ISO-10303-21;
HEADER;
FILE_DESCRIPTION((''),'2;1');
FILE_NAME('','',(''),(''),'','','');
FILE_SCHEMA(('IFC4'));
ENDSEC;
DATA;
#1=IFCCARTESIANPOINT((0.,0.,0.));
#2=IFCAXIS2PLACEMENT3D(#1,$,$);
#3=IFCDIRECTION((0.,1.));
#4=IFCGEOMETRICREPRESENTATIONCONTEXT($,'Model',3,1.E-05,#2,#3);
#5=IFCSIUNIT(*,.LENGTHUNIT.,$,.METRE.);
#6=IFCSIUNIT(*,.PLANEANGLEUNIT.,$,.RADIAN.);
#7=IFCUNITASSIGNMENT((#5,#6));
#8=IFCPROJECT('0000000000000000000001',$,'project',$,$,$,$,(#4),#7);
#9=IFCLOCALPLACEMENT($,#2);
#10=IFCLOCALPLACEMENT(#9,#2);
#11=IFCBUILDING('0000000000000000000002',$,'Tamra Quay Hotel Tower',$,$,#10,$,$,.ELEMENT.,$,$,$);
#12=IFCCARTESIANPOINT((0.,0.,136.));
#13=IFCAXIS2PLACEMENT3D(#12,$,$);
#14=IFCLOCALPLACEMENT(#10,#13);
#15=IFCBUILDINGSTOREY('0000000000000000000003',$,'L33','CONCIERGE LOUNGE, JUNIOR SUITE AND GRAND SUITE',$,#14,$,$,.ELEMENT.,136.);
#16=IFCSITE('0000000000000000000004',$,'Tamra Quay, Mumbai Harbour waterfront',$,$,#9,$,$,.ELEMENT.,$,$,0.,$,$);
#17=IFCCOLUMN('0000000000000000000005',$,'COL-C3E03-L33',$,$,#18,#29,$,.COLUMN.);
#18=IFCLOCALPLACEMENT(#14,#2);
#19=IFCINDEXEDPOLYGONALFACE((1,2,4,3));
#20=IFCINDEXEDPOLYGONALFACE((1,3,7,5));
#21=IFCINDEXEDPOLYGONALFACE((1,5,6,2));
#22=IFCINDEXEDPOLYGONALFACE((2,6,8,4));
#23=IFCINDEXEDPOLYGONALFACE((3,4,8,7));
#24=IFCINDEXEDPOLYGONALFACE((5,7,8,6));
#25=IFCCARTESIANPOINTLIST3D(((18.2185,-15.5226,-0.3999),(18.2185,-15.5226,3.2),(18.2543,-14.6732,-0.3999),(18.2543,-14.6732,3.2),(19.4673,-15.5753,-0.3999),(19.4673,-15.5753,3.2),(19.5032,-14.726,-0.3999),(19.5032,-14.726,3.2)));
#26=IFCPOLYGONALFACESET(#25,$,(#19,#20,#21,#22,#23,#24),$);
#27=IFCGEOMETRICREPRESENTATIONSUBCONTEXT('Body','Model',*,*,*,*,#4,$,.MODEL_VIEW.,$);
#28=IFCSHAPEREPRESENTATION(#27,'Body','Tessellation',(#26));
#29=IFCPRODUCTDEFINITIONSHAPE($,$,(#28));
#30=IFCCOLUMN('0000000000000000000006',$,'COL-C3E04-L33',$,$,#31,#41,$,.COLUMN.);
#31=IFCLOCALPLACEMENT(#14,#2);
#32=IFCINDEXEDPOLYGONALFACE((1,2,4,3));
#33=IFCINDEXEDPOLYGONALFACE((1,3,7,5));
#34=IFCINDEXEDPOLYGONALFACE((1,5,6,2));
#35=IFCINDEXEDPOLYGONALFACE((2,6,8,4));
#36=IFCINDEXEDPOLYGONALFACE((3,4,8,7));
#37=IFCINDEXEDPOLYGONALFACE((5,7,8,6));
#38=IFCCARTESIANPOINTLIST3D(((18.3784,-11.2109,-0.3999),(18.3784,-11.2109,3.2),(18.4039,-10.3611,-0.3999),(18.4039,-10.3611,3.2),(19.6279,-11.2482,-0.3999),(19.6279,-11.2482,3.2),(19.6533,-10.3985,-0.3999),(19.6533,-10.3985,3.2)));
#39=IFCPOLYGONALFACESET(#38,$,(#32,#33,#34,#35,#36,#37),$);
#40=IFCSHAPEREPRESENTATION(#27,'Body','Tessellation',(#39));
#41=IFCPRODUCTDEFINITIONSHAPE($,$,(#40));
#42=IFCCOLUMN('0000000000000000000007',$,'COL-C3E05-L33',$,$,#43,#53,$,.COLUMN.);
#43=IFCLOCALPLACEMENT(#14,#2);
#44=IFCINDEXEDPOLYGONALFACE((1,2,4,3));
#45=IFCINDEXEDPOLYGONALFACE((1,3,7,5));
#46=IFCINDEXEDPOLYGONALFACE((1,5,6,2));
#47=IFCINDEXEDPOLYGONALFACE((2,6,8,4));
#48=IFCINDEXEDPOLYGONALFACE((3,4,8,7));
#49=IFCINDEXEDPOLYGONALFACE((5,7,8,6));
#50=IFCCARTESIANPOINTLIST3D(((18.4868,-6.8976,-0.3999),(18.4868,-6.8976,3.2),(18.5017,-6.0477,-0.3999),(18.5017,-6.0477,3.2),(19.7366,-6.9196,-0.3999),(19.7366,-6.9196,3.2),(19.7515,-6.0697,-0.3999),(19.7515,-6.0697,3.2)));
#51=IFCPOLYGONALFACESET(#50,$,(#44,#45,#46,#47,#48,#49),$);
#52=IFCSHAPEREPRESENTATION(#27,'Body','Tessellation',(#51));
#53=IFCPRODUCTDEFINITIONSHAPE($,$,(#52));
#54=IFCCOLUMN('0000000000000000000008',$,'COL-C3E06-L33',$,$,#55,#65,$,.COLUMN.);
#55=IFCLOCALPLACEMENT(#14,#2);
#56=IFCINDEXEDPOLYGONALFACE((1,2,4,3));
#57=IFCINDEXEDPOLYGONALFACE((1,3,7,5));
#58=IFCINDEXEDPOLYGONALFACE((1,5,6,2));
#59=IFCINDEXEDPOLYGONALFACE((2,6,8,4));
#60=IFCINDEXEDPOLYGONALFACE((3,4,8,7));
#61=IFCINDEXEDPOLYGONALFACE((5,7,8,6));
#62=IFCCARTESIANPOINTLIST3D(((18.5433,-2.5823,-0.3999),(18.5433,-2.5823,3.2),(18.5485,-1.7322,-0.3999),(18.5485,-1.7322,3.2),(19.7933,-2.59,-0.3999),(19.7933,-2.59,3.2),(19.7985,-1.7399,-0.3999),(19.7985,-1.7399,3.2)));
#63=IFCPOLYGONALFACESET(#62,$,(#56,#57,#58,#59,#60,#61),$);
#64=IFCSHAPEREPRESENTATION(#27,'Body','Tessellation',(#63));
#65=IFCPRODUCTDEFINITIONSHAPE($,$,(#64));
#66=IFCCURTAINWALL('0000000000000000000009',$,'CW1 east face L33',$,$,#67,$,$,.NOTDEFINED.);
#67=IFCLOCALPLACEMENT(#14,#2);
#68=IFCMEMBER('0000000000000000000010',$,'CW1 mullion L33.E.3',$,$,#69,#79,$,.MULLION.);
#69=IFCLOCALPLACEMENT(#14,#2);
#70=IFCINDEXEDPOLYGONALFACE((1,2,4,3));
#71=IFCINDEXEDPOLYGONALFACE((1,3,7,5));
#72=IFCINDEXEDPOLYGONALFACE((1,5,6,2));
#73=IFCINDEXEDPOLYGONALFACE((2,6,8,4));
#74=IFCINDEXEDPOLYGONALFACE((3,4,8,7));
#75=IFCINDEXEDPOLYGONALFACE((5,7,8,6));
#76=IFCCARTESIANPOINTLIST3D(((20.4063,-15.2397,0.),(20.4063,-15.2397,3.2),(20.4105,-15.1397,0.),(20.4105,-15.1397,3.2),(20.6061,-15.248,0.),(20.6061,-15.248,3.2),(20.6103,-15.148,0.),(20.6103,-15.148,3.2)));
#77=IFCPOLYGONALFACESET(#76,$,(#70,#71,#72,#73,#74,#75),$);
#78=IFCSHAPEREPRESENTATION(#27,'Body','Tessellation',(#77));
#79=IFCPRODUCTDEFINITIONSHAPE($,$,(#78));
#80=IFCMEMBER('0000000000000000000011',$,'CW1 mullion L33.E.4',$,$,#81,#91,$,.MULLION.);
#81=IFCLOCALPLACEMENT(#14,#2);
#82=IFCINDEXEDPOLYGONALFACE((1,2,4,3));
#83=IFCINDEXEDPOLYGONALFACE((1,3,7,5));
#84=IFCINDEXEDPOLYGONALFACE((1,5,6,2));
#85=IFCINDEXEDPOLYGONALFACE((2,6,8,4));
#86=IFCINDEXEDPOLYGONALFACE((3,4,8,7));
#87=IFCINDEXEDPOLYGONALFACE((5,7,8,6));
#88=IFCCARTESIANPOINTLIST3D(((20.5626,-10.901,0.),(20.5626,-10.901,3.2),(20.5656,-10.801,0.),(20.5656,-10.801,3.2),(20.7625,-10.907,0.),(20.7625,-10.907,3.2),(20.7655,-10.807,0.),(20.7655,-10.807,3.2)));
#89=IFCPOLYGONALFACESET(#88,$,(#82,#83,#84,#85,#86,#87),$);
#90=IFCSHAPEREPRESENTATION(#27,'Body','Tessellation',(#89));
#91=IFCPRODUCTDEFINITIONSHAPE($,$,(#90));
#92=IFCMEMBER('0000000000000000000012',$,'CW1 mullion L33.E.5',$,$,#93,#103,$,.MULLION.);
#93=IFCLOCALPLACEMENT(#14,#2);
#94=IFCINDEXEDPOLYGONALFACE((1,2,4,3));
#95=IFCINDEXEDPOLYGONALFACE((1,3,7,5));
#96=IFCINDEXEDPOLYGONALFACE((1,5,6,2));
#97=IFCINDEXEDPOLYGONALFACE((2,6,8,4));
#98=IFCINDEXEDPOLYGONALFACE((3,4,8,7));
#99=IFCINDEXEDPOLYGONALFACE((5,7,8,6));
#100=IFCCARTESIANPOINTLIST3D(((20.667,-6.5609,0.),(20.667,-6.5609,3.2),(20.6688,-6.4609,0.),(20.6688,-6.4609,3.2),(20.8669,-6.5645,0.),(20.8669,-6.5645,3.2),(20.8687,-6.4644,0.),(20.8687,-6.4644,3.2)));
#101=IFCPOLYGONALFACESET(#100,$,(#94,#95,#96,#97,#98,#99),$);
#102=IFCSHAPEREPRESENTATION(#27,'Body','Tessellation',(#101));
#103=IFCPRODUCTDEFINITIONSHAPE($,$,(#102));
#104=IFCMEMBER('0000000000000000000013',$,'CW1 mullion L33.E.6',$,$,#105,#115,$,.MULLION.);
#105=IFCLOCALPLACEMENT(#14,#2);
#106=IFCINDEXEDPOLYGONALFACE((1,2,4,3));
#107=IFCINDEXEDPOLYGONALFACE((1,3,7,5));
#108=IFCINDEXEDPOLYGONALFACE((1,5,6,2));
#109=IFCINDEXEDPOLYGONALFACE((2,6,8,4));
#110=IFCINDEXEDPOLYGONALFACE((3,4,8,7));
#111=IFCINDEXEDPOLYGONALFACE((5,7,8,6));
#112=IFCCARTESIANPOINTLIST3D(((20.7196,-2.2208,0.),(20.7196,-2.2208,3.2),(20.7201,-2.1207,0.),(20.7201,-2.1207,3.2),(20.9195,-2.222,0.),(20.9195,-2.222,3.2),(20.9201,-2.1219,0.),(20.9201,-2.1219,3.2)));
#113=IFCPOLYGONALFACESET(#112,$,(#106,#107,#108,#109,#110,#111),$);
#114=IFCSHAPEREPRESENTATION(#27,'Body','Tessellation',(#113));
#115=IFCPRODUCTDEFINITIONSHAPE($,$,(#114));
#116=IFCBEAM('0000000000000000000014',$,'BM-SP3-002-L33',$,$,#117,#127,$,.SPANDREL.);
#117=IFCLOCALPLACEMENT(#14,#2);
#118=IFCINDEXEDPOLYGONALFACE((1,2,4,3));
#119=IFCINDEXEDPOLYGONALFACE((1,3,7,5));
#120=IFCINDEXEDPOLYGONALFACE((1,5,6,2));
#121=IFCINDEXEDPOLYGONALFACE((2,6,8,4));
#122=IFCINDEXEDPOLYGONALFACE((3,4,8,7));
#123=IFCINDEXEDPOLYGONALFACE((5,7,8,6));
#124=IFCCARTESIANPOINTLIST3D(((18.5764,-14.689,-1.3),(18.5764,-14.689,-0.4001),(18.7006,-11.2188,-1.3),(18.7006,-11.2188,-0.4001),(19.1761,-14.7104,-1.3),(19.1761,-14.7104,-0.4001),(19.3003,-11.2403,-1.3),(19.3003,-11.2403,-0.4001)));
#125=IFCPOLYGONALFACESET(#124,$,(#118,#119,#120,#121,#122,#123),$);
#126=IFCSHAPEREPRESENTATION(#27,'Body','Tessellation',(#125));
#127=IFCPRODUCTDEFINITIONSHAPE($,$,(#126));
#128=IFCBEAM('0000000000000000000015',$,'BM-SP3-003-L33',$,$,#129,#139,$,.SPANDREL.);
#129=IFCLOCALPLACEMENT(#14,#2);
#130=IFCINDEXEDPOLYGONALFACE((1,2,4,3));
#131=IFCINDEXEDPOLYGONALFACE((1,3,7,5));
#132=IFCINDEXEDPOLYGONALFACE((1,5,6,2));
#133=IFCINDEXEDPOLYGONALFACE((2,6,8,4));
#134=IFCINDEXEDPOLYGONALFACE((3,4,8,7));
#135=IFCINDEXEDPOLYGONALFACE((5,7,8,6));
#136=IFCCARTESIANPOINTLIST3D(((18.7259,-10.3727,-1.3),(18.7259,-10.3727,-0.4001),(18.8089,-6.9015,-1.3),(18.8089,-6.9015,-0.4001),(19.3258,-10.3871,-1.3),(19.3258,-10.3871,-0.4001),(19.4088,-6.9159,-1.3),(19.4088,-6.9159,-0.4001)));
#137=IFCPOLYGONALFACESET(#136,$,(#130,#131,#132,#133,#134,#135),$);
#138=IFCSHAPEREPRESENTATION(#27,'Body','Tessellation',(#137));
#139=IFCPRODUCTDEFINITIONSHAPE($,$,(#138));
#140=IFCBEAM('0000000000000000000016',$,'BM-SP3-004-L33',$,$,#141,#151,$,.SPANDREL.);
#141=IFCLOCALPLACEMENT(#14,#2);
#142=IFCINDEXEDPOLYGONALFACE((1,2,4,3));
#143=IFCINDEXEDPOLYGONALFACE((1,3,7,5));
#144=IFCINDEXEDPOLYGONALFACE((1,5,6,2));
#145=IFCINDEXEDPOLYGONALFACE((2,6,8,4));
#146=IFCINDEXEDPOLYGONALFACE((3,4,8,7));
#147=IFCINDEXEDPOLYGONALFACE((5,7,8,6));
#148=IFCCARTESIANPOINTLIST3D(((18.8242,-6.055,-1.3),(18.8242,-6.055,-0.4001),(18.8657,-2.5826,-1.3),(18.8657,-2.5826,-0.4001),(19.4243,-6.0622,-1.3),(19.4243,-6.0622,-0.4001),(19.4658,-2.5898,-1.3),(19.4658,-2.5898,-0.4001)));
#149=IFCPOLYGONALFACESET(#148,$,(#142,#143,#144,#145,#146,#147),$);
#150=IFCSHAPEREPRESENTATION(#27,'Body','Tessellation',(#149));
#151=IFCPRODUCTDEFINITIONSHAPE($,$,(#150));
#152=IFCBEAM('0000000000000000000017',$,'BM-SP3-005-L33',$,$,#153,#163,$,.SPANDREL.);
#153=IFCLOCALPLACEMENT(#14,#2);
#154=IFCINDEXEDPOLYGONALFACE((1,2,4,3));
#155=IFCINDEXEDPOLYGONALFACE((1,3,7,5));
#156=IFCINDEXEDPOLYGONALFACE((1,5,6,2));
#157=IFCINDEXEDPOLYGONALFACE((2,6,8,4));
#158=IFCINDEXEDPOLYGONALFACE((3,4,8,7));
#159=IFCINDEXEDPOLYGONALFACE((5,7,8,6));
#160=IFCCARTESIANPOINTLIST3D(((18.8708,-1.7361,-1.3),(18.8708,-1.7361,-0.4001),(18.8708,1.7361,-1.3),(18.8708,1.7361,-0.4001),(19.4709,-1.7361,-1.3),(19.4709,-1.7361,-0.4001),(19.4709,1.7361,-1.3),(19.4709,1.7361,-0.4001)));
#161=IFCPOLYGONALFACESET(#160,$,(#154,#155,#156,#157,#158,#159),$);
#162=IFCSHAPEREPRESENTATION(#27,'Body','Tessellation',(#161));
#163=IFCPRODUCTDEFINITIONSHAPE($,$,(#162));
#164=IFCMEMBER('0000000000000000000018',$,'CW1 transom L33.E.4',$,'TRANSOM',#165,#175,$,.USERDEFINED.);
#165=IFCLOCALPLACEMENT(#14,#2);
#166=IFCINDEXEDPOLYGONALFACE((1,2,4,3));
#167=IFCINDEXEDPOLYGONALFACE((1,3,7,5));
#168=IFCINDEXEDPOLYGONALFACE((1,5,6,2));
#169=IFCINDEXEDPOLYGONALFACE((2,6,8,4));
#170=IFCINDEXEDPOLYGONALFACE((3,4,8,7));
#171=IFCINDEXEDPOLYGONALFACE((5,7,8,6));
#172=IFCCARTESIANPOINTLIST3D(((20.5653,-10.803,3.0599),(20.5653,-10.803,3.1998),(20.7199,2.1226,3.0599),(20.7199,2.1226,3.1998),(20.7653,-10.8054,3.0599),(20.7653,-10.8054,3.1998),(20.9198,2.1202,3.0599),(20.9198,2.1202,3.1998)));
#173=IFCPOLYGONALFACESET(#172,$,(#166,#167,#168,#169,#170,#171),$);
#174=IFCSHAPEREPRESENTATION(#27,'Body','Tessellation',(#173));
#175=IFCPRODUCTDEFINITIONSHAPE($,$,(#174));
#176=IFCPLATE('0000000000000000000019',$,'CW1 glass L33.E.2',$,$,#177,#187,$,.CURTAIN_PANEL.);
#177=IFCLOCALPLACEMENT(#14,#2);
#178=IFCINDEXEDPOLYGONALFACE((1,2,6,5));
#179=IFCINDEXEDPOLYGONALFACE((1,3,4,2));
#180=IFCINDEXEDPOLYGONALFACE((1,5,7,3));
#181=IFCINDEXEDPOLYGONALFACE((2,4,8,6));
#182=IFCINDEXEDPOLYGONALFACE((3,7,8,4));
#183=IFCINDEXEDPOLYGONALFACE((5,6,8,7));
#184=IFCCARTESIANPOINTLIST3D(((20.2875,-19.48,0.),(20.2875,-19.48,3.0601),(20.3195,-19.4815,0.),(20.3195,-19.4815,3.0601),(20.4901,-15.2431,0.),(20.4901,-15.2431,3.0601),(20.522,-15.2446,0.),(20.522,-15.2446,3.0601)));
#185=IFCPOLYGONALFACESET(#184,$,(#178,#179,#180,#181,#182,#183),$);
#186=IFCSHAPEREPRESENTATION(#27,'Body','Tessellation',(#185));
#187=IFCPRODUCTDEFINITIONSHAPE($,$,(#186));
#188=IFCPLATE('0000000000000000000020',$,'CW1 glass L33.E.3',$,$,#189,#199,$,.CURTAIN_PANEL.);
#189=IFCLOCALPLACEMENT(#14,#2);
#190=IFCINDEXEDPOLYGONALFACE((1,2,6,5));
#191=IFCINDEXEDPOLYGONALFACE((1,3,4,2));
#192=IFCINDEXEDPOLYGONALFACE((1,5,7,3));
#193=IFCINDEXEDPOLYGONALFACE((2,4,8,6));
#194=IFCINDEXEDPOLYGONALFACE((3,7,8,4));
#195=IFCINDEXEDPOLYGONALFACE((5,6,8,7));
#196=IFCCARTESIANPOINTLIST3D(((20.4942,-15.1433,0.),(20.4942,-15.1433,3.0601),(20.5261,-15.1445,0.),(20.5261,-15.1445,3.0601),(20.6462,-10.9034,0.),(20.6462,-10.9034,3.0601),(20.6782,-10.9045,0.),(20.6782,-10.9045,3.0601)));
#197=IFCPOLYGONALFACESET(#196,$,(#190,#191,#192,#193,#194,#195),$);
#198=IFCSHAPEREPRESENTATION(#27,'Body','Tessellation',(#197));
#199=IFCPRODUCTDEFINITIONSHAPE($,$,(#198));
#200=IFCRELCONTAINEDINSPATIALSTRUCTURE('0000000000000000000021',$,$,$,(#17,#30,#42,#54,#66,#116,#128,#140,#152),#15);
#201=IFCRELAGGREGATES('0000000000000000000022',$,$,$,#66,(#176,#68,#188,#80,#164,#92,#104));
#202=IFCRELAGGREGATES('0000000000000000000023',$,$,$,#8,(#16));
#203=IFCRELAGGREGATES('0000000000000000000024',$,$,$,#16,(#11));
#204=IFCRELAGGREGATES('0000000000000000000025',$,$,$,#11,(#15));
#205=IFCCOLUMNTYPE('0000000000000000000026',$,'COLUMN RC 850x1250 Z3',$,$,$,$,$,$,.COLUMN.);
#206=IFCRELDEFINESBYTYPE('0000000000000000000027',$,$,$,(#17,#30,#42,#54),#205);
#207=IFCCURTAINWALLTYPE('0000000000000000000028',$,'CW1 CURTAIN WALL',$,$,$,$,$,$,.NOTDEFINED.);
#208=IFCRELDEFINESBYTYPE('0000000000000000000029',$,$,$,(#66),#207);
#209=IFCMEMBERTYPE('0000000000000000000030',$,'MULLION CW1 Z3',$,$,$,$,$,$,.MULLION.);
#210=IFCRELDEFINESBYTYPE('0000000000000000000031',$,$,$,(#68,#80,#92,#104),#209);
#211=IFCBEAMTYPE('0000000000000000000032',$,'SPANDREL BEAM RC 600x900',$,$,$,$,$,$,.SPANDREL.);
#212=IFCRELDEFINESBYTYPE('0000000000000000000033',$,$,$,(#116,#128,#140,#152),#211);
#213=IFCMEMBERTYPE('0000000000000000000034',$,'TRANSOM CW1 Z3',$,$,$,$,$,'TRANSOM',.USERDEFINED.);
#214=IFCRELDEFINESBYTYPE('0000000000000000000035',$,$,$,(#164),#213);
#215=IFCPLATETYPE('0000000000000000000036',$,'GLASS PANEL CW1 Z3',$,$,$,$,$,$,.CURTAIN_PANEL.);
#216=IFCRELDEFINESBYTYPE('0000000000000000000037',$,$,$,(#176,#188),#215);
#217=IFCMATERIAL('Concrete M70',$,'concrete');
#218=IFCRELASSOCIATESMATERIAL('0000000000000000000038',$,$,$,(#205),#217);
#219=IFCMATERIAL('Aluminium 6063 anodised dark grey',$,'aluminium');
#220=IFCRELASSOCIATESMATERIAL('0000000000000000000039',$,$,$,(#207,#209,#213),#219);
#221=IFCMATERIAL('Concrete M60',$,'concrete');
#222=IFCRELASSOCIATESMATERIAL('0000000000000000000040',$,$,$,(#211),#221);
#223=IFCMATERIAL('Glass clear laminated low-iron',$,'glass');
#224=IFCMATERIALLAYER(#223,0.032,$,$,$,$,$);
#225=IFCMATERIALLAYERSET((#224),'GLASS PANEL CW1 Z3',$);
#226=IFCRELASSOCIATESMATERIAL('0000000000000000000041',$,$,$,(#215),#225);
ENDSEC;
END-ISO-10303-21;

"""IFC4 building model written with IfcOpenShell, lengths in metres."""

from ifc_helpers import new_model, si_unit, direction, frame, origin, origin_2d, place, context, subcontext, project, spatial, rectangle, extrude, material, layer, layer_set, material_profile, profile_set, type_object, element, aggregate, save


model = new_model("IFC4")

# Units and contexts
model_context = context("Model", 3, precision=1e-05, world=origin(), true_north=direction((0.0, 1.0)))
body_context = subcontext(model_context, "Body", "Model", "MODEL_VIEW")
ifc_project = project(units=[si_unit("LENGTHUNIT", "METRE"), si_unit("PLANEANGLEUNIT", "RADIAN")], contexts=[model_context])

# Site, building, storey
site_placement = place(None, origin())
site = spatial("IfcSite", under=ifc_project, at=site_placement, Name="Tamra Quay, Mumbai Harbour waterfront", CompositionType="ELEMENT", RefElevation=0.0)
building_placement = place(site_placement, origin())
building = spatial("IfcBuilding", under=site, at=building_placement, Name="Tamra Quay Hotel Tower", CompositionType="ELEMENT")
storey_placement = place(building_placement, frame((0.0, 0.0, 136.0)))
storey = spatial("IfcBuildingStorey", under=building, at=storey_placement, Name="L33", Description="CONCIERGE LOUNGE, JUNIOR SUITE AND GRAND SUITE", CompositionType="ELEMENT", Elevation=136.0)

# Columns
ifc_material_1 = material(Name="Concrete M70", Category="concrete")
ifc_material_profile_1 = material_profile(ifc_material_1, rectangle(XDim=1.25, YDim=0.8501, at=origin_2d()), Name="COLUMN RC 850x1250 Z3")
ifc_profile_set_1 = profile_set([ifc_material_profile_1], Name="Concrete M70")
column_type = type_object("IfcColumnType", Name="COLUMN RC 850x1250 Z3", PredefinedType="COLUMN", material=ifc_profile_set_1)
for number, where, z_axis, x_axis, name in (
    (1, (18.8608, -15.1243, -0.3999), (0.0, 0.0, 1.0), (-0.999109, 0.042202, 0.0), "COL-C3E03-L33"),
    (2, (19.0159, -10.8047, -0.3999), (0.0, 0.0, 1.0), (-0.999553, 0.029907, 0.0), "COL-C3E04-L33"),
    (3, (19.1191, -6.4836, -0.3999), (0.0, 0.0, 1.0), (-0.999845, 0.017597, 0.0), "COL-C3E05-L33"),
    (4, (19.1709, -2.1611, -0.3999), (0.0, 0.0, 1.0), (-0.999981, 0.006159, 0.0), "COL-C3E06-L33"),
):
    element("IfcColumn", number, at=place(storey_placement, frame(where, z_axis=z_axis, x_axis=x_axis)), inside=storey, type_object=column_type, Name=name, PredefinedType="COLUMN", context=body_context, shape_type="SweptSolid", body=[
        extrude(rectangle(XDim=1.25, YDim=0.8501, at=origin_2d()), origin(), (0.0, 0.0, 1.0), 3.5999),
    ])

# Curtain wall, members
ifc_material_2 = material(Name="Aluminium 6063 anodised dark grey", Category="aluminium")
curtain_wall_type = type_object("IfcCurtainWallType", Name="CW1 CURTAIN WALL", PredefinedType="NOTDEFINED", material=ifc_material_2)
curtain_wall_placement = place(storey_placement, origin())
curtain_wall = element("IfcCurtainWall", 5, at=curtain_wall_placement, inside=storey, type_object=curtain_wall_type, Name="CW1 east face L33", PredefinedType="NOTDEFINED")
ifc_material_profile_2 = material_profile(ifc_material_2, rectangle(XDim=0.2, YDim=0.1001, at=origin_2d()), Name="MULLION 100X200")
ifc_profile_set_2 = profile_set([ifc_material_profile_2], Name="Aluminium 6063 anodised dark grey")
member_type_1 = type_object("IfcMemberType", Name="MULLION CW1 Z3", PredefinedType="MULLION", material=ifc_profile_set_2)
member_1_placement = place(storey_placement, frame((20.5083, -15.1938, 0.0), z_axis=(0.0, 0.0, 1.0), x_axis=(0.999126, -0.041797, 0.0)))
member_1 = element("IfcMember", 6, at=member_1_placement, type_object=member_type_1, Name="CW1 mullion L33.E.3", PredefinedType="MULLION", context=body_context, shape_type="SweptSolid", body=[
    extrude(rectangle(XDim=0.2, YDim=0.1001, at=origin_2d()), origin(), (0.0, 0.0, 1.0), 3.2),
])
member_2_placement = place(storey_placement, frame((20.6641, -10.854, 0.0), z_axis=(0.0, 0.0, 1.0), x_axis=(0.999554, -0.029871, 0.0)))
member_2 = element("IfcMember", 7, at=member_2_placement, type_object=member_type_1, Name="CW1 mullion L33.E.4", PredefinedType="MULLION", context=body_context, shape_type="SweptSolid", body=[
    extrude(rectangle(XDim=0.2, YDim=0.1001, at=origin_2d()), origin(), (0.0, 0.0, 1.0), 3.2),
])
member_3_placement = place(storey_placement, frame((20.7678, -6.5127, 0.0), z_axis=(0.0, 0.0, 1.0), x_axis=(0.999839, -0.017927, 0.0)))
member_3 = element("IfcMember", 8, at=member_3_placement, type_object=member_type_1, Name="CW1 mullion L33.E.5", PredefinedType="MULLION", context=body_context, shape_type="SweptSolid", body=[
    extrude(rectangle(XDim=0.2, YDim=0.1001, at=origin_2d()), origin(), (0.0, 0.0, 1.0), 3.2),
])
member_4_placement = place(storey_placement, frame((20.8198, -2.1714, 0.0), z_axis=(0.0, 0.0, 1.0), x_axis=(0.999982, -0.005979, 0.0)))
member_4 = element("IfcMember", 9, at=member_4_placement, type_object=member_type_1, Name="CW1 mullion L33.E.6", PredefinedType="MULLION", context=body_context, shape_type="SweptSolid", body=[
    extrude(rectangle(XDim=0.2, YDim=0.1001, at=origin_2d()), origin(), (0.0, 0.0, 1.0), 3.2),
])

# Beams
ifc_material_3 = material(Name="Concrete M60", Category="concrete")
ifc_material_profile_3 = material_profile(ifc_material_3, rectangle(XDim=0.6001, YDim=0.8999, at=origin_2d()), Name="SPANDREL BEAM RC 600x900")
ifc_profile_set_3 = profile_set([ifc_material_profile_3], Name="Concrete M60")
beam_type = type_object("IfcBeamType", Name="SPANDREL BEAM RC 600x900", PredefinedType="SPANDREL", material=ifc_profile_set_3)
beam_1_placement = place(storey_placement, frame((18.8762, -14.6997, -0.8501), z_axis=(0.035787, 0.999359, 0.0), x_axis=(-0.999359, 0.035787, 0.0)))
element("IfcBeam", 10, at=beam_1_placement, inside=storey, type_object=beam_type, Name="BM-SP3-002-L33", PredefinedType="SPANDREL", context=body_context, shape_type="SweptSolid", body=[
    extrude(rectangle(XDim=0.6001, YDim=0.8999, at=origin_2d()), origin(), (0.0, 0.0, 1.0), 3.4724),
])
beam_2_placement = place(storey_placement, frame((19.0259, -10.3799, -0.8501), z_axis=(0.023907, 0.999714, 0.0), x_axis=(-0.999714, 0.023907, 0.0)))
element("IfcBeam", 11, at=beam_2_placement, inside=storey, type_object=beam_type, Name="BM-SP3-003-L33", PredefinedType="SPANDREL", context=body_context, shape_type="SweptSolid", body=[
    extrude(rectangle(XDim=0.6001, YDim=0.8999, at=origin_2d()), origin(), (0.0, 0.0, 1.0), 3.4722),
])
beam_3_placement = place(storey_placement, frame((19.1243, -6.0586, -0.8501), z_axis=(0.011952, 0.999929, 0.0), x_axis=(-0.999929, 0.011952, 0.0)))
element("IfcBeam", 12, at=beam_3_placement, inside=storey, type_object=beam_type, Name="BM-SP3-004-L33", PredefinedType="SPANDREL", context=body_context, shape_type="SweptSolid", body=[
    extrude(rectangle(XDim=0.6001, YDim=0.8999, at=origin_2d()), origin(), (0.0, 0.0, 1.0), 3.4727),
])
beam_4_placement = place(storey_placement, frame((19.1709, -1.7361, -0.8501), z_axis=(0.0, 1.0, 0.0), x_axis=(-1.0, 0.0, 0.0)))
element("IfcBeam", 13, at=beam_4_placement, inside=storey, type_object=beam_type, Name="BM-SP3-005-L33", PredefinedType="SPANDREL", context=body_context, shape_type="SweptSolid", body=[
    extrude(rectangle(XDim=0.6001, YDim=0.8999, at=origin_2d()), origin(), (0.0, 0.0, 1.0), 3.4722),
])

# Member
ifc_material_profile_4 = material_profile(ifc_material_2, rectangle(XDim=0.2, YDim=0.1399, at=origin_2d()), Name="TRANSOM 200X140")
ifc_profile_set_4 = profile_set([ifc_material_profile_4], Name="Aluminium 6063 anodised dark grey")
member_type_2 = type_object("IfcMemberType", Name="TRANSOM CW1 Z3", ElementType="TRANSOM", PredefinedType="USERDEFINED", material=ifc_profile_set_4)
member_5_placement = place(storey_placement, frame((20.6653, -10.8042, 3.1299), z_axis=(0.011955, 0.999929, 0.0), x_axis=(-0.999929, 0.011955, 0.0)))
member_5 = element("IfcMember", 14, at=member_5_placement, type_object=member_type_2, Name="CW1 transom L33.E.4", ObjectType="TRANSOM", PredefinedType="USERDEFINED", context=body_context, shape_type="SweptSolid", body=[
    extrude(rectangle(XDim=0.2, YDim=0.1399, at=origin_2d()), origin(), (0.0, 0.0, 1.0), 12.9265),
])

# Plates
ifc_material_4 = material(Name="Glass clear laminated low-iron", Category="glass")
ifc_layer_1 = layer(ifc_material_4, 0.032)
ifc_layer_set_1 = layer_set([ifc_layer_1], Name="GLASS PANEL CW1 Z3")
plate_type = type_object("IfcPlateType", Name="GLASS PANEL CW1 Z3", PredefinedType="CURTAIN_PANEL", material=ifc_layer_set_1)
plate_1_placement = place(storey_placement, frame((20.4048, -17.3623, 0.0), z_axis=(0.0, 0.0, 1.0), x_axis=(0.047747, 0.998859, 0.0)))
plate_1 = element("IfcPlate", 15, at=plate_1_placement, type_object=plate_type, Name="CW1 glass L33.E.2", PredefinedType="CURTAIN_PANEL", context=body_context, shape_type="SweptSolid", body=[
    extrude(rectangle(XDim=4.2417, YDim=0.032, at=origin_2d()), origin(), (0.0, 0.0, 1.0), 3.0601),
])
plate_2_placement = place(storey_placement, frame((20.5862, -13.0239, 0.0), z_axis=(0.0, 0.0, 1.0), x_axis=(0.035845, 0.999357, 0.0)))
plate_2 = element("IfcPlate", 16, at=plate_2_placement, type_object=plate_type, Name="CW1 glass L33.E.3", PredefinedType="CURTAIN_PANEL", context=body_context, shape_type="SweptSolid", body=[
    extrude(rectangle(XDim=4.2427, YDim=0.032, at=origin_2d()), origin(), (0.0, 0.0, 1.0), 3.0601),
])
aggregate(curtain_wall, [plate_1, member_1, plate_2, member_2, member_5, member_3, member_4])

save(model, "model.ifc")
